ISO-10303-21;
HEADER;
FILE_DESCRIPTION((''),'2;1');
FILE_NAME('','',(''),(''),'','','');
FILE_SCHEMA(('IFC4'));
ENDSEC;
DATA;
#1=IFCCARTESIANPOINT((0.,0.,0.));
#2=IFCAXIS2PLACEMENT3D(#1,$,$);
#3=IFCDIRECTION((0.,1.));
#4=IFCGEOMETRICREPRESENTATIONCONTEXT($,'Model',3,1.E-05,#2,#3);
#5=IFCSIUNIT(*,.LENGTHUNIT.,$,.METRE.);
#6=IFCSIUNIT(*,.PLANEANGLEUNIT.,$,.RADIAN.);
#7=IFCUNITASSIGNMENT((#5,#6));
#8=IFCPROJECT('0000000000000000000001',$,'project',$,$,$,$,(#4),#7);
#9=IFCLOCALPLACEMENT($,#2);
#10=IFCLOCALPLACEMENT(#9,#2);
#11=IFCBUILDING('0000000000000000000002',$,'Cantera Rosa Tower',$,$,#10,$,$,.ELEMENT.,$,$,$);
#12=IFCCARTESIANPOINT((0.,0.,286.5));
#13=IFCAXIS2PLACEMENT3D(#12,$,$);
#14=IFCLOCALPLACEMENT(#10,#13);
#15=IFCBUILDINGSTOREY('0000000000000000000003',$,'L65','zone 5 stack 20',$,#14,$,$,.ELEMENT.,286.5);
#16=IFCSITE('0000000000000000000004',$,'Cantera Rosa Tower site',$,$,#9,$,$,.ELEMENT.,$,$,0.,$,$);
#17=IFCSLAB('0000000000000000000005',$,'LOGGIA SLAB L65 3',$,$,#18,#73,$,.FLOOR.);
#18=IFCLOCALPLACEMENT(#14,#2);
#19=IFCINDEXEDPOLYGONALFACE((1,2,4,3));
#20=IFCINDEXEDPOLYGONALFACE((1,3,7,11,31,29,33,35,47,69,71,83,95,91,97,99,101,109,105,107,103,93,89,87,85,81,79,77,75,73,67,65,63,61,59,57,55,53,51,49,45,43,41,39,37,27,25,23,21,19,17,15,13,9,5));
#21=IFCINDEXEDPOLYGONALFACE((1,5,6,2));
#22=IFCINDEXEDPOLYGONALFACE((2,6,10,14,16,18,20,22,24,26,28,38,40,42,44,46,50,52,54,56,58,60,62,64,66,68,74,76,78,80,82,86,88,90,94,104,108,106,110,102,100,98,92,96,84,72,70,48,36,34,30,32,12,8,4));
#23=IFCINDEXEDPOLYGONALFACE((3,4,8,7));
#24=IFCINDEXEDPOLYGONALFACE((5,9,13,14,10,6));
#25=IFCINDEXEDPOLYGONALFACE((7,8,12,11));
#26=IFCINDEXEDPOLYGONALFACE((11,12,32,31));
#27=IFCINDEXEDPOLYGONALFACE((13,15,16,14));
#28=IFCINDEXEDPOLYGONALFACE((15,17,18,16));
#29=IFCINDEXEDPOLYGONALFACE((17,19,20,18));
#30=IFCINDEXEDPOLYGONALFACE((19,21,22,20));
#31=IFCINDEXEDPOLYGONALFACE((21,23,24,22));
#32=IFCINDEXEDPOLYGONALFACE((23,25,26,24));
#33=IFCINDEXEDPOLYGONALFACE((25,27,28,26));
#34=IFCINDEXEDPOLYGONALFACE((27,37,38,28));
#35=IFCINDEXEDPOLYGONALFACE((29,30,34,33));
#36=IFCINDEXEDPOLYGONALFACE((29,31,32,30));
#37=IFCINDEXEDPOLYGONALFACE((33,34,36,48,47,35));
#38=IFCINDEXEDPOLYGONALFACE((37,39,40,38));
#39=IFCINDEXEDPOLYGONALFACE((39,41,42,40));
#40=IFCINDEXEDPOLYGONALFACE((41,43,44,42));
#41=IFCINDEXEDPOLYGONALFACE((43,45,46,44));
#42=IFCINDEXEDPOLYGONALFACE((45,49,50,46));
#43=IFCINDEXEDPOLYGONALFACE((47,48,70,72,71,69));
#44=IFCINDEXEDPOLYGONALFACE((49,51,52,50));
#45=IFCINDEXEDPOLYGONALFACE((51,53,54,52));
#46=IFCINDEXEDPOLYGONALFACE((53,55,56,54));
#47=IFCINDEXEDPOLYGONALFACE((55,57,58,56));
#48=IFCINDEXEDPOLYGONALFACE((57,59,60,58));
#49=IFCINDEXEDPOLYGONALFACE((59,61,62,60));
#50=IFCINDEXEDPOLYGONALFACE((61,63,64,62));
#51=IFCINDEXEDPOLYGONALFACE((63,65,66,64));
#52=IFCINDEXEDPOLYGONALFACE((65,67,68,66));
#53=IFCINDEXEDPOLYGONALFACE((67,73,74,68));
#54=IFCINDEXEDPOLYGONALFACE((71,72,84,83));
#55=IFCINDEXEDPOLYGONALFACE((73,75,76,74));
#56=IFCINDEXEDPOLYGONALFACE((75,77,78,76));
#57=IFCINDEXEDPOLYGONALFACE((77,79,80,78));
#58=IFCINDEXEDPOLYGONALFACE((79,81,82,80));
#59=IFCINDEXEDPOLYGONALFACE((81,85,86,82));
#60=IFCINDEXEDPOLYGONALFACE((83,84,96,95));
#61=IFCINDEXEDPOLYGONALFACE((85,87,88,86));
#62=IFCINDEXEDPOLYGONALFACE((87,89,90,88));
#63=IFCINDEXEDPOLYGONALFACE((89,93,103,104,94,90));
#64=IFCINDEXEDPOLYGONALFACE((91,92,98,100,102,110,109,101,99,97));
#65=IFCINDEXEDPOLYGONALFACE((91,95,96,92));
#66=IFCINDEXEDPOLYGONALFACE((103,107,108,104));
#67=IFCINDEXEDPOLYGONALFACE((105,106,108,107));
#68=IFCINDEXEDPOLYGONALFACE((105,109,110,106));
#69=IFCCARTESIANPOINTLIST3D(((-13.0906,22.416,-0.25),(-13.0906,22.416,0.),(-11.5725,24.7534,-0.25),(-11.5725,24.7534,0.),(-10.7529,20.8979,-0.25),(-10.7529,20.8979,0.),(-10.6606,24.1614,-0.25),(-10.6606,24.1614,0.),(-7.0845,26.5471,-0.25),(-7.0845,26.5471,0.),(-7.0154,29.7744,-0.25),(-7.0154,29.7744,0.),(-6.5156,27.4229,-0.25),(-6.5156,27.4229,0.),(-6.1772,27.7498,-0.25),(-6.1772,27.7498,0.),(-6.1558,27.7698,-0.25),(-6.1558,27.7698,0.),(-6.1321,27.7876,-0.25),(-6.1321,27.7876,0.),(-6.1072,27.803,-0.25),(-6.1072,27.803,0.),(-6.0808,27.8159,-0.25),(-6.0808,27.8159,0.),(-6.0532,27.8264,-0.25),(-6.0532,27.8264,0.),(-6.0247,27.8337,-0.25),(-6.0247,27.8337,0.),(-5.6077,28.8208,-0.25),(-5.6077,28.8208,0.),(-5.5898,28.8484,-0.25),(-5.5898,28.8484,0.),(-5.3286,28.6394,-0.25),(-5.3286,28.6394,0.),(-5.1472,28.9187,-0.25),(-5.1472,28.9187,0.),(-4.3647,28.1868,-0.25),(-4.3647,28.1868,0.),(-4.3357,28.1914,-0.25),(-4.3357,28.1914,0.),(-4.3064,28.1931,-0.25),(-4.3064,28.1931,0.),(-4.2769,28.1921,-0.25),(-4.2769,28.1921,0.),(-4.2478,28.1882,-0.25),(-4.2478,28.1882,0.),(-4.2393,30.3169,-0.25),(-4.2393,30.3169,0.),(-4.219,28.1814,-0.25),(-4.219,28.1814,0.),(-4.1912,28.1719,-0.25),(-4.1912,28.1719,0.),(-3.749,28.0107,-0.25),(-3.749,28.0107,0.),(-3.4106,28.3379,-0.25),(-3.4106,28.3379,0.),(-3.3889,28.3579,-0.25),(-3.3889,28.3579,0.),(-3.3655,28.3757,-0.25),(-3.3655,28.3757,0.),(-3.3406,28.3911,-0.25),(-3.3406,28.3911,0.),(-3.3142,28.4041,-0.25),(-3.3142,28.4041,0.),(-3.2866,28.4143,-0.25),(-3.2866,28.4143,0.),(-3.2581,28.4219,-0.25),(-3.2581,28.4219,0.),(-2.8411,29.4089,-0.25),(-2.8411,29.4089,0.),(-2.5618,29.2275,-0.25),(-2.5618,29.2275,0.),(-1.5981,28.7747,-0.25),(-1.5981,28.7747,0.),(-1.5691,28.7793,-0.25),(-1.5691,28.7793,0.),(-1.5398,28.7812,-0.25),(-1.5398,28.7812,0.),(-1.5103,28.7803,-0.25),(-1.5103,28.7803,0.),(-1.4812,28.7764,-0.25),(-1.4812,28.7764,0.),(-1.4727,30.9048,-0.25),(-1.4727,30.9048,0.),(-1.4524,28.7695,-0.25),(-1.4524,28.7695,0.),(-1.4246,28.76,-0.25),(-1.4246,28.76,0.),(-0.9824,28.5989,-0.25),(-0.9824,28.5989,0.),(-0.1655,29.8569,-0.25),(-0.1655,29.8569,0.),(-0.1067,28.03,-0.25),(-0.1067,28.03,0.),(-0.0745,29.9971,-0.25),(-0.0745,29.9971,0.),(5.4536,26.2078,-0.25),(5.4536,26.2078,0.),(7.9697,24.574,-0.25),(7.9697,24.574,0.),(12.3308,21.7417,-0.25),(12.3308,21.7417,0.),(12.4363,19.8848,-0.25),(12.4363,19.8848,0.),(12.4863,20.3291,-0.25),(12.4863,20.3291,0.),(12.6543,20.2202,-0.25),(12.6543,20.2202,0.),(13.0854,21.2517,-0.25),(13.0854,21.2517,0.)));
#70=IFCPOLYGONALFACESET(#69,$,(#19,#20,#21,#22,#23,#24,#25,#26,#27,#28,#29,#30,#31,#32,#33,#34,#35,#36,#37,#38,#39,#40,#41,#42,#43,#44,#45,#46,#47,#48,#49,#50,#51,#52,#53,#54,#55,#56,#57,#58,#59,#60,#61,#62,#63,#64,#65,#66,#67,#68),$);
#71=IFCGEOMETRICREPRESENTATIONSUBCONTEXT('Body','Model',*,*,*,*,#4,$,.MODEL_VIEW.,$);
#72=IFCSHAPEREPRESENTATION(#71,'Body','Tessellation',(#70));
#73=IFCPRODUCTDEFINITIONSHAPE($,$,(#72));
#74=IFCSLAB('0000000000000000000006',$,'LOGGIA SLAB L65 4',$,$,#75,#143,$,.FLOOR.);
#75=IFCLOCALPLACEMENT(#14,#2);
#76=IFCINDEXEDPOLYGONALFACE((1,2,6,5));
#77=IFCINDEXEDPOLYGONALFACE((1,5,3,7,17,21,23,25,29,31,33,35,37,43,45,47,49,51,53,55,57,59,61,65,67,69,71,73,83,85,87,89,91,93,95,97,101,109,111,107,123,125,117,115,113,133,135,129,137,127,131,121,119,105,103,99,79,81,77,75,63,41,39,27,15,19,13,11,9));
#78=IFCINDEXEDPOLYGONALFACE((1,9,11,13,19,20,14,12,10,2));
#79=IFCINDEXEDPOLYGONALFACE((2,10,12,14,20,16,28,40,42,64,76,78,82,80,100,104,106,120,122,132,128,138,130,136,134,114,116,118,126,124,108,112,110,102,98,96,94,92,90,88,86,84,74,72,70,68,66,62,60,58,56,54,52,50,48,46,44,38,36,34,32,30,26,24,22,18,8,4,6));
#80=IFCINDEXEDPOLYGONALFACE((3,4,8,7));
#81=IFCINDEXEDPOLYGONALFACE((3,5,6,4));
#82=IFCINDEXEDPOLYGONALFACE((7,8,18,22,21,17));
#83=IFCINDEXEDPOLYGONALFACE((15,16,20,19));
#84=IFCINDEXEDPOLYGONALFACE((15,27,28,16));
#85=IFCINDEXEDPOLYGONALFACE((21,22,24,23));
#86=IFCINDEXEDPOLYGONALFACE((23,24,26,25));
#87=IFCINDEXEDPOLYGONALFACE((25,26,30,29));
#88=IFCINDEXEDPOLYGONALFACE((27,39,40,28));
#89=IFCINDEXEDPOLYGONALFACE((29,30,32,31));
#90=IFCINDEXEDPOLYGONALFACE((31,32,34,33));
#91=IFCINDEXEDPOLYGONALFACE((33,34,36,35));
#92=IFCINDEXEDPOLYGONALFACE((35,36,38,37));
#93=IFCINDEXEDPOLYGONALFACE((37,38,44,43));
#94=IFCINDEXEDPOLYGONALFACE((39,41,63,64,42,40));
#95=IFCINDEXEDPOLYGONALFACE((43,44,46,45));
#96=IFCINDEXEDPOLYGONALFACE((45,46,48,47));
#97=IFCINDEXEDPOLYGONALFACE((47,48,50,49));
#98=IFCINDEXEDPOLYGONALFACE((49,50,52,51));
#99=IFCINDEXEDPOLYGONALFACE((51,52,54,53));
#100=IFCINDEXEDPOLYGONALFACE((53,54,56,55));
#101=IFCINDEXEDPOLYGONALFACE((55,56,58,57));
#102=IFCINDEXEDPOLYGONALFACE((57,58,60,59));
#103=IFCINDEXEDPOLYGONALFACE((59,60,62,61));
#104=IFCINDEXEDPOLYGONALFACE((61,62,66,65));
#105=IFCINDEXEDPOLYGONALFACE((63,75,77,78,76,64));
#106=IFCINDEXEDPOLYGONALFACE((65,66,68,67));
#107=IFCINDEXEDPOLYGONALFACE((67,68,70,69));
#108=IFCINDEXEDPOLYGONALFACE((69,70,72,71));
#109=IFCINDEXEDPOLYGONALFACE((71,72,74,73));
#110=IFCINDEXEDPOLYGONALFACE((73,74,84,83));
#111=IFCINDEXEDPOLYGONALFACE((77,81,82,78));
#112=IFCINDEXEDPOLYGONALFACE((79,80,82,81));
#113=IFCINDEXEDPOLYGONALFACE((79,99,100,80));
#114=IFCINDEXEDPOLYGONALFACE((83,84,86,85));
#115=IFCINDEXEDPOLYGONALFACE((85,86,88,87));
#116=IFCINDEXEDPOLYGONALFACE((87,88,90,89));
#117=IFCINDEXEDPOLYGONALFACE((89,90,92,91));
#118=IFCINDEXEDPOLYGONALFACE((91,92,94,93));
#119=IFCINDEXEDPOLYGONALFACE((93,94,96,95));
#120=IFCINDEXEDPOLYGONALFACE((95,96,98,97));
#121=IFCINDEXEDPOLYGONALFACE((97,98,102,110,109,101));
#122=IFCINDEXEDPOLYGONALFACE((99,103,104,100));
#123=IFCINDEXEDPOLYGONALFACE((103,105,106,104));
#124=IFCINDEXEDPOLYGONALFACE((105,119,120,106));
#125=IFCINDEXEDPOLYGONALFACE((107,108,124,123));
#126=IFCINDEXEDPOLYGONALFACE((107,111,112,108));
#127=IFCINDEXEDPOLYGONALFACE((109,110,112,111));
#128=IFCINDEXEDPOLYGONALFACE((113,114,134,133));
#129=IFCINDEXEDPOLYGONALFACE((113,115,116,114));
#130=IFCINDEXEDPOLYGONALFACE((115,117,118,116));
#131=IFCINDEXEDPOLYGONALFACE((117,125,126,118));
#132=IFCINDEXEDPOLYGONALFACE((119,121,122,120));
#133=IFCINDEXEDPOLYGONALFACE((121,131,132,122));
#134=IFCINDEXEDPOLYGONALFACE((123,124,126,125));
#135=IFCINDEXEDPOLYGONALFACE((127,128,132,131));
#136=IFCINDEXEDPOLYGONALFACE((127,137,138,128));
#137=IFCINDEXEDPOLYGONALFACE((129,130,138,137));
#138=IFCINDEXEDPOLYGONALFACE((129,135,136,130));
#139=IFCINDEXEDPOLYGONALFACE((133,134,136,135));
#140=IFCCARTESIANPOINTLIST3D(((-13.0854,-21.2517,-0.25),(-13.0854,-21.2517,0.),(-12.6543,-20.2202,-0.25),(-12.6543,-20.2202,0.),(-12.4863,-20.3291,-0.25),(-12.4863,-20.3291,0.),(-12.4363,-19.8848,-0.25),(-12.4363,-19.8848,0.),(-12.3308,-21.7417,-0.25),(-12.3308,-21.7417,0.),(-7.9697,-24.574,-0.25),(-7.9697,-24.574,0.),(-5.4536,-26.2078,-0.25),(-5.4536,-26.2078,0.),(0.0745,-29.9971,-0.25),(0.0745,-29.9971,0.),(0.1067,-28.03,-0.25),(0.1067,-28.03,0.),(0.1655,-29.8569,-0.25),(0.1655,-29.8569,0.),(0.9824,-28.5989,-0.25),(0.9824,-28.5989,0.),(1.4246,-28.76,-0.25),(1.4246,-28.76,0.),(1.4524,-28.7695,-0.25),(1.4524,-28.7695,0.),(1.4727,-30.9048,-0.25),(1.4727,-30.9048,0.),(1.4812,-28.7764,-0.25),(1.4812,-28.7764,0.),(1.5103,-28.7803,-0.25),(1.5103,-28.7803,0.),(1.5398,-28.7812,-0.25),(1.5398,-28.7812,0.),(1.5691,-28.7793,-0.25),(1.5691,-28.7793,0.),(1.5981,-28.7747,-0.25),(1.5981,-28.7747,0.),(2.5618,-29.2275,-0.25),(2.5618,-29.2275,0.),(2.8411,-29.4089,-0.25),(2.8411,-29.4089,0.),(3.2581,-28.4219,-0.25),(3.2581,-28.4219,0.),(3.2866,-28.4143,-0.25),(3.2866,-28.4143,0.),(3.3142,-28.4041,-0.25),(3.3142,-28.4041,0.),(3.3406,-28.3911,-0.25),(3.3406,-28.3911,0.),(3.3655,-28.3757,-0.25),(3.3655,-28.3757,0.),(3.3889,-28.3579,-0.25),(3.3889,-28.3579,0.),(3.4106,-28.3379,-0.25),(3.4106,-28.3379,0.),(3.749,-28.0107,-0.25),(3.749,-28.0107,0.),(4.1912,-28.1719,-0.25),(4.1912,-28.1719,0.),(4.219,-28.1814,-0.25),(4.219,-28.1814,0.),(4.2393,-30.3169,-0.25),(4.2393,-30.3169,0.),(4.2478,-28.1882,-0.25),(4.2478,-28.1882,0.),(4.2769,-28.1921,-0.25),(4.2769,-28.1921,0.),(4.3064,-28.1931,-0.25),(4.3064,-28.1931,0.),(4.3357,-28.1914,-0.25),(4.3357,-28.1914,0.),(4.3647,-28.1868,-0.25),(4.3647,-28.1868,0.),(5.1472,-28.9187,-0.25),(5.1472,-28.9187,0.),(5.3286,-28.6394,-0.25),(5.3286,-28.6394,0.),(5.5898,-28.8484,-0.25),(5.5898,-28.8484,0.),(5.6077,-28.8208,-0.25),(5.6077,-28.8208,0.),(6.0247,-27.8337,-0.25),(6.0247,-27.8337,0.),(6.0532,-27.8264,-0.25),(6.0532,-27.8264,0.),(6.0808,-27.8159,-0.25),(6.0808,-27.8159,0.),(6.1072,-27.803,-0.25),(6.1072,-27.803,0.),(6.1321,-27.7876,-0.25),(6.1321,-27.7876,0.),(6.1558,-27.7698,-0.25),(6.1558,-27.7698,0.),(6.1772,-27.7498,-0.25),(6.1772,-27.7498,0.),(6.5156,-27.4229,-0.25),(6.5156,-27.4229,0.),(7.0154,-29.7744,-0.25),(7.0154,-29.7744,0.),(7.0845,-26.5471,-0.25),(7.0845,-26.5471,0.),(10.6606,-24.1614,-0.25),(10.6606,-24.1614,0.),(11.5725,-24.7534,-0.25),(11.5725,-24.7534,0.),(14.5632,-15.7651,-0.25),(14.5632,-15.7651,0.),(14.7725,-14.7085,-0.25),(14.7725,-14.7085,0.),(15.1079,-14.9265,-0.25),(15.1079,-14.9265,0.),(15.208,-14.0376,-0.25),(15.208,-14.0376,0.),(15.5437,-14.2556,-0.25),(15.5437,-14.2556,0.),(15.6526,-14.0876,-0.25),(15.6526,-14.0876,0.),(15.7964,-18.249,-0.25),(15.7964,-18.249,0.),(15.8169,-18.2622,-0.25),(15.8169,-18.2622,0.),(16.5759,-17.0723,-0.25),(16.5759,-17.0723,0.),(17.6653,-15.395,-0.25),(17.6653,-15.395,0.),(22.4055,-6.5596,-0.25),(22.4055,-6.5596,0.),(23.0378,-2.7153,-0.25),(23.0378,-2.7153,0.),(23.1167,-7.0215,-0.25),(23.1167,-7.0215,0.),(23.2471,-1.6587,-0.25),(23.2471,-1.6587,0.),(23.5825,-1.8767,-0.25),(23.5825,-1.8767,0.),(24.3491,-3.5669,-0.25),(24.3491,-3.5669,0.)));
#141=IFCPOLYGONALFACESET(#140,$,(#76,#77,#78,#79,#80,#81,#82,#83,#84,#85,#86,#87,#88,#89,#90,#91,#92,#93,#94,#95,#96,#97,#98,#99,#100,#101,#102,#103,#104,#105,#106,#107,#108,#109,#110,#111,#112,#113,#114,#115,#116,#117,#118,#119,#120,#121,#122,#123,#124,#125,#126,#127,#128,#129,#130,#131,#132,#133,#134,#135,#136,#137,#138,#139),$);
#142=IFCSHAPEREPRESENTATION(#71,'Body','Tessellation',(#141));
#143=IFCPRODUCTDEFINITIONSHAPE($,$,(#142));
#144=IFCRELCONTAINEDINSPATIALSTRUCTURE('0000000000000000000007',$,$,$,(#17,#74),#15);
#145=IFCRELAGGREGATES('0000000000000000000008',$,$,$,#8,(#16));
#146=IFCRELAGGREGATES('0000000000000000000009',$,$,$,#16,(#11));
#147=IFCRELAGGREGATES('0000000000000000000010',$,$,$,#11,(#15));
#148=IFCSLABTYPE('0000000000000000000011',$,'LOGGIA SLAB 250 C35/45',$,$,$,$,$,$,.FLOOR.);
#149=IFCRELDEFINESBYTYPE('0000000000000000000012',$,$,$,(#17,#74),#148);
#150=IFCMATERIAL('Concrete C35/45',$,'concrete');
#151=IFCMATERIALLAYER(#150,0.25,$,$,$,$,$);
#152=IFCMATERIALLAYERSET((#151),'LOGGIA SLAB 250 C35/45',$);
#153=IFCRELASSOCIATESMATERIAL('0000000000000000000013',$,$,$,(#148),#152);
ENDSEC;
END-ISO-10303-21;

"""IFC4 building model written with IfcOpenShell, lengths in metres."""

from ifc_helpers import new_model, si_unit, direction, frame, origin, place, context, subcontext, project, spatial, polyline, outline, extrude, material, layer, layer_set, type_object, element, save


model = new_model("IFC4")

# Units and contexts
model_context = context("Model", 3, precision=1e-05, world=origin(), true_north=direction((0.0, 1.0)))
body_context = subcontext(model_context, "Body", "Model", "MODEL_VIEW")
ifc_project = project(units=[si_unit("LENGTHUNIT", "METRE"), si_unit("PLANEANGLEUNIT", "RADIAN")], contexts=[model_context])

# Site, building, storey
site_placement = place(None, origin())
site = spatial("IfcSite", under=ifc_project, at=site_placement, Name="Cantera Rosa Tower site", CompositionType="ELEMENT", RefElevation=0.0)
building_placement = place(site_placement, origin())
building = spatial("IfcBuilding", under=site, at=building_placement, Name="Cantera Rosa Tower", CompositionType="ELEMENT")
storey_placement = place(building_placement, frame((0.0, 0.0, 286.5)))
storey = spatial("IfcBuildingStorey", under=building, at=storey_placement, Name="L65", Description="zone 5 stack 20", CompositionType="ELEMENT", Elevation=286.5)

# Slabs
ifc_material_1 = material(Name="Concrete C35/45", Category="concrete")
ifc_layer_1 = layer(ifc_material_1, 0.25)
ifc_layer_set_1 = layer_set([ifc_layer_1], Name="LOGGIA SLAB 250 C35/45")
slab_type_1 = type_object("IfcSlabType", Name="LOGGIA SLAB 250 C35/45", PredefinedType="FLOOR", material=ifc_layer_set_1)
slab_1_placement = place(storey_placement, frame((0.0, 0.0, -0.25)))
element("IfcSlab", 1, at=slab_1_placement, inside=storey, type_object=slab_type_1, Name="LOGGIA SLAB L65 3", PredefinedType="FLOOR", context=body_context, shape_type="SweptSolid", body=[
    extrude(outline(polyline([(-10.6606, 24.1614), (-7.0154, 29.7744), (-5.5898, 28.8484), (-5.6077, 28.8208), (-5.3286, 28.6394), (-5.1472, 28.9187), (-4.2393, 30.3169), (-2.8411, 29.4089), (-2.5618, 29.2275), (-1.4727, 30.9048), (-0.0745, 29.9971), (-0.1655, 29.8569), (5.4536, 26.2078), (7.9697, 24.574), (12.3308, 21.7417), (13.0854, 21.2517), (12.4863, 20.3291), (12.6543, 20.2202), (12.4363, 19.8848), (-0.1067, 28.03), (-0.9824, 28.5989), (-1.4246, 28.76), (-1.4524, 28.7695), (-1.4812, 28.7764), (-1.5103, 28.7803), (-1.5398, 28.7812), (-1.5691, 28.7793), (-1.5981, 28.7747), (-3.2581, 28.4219), (-3.2866, 28.4143), (-3.3142, 28.4041), (-3.3406, 28.3911), (-3.3655, 28.3757), (-3.3889, 28.3579), (-3.4106, 28.3379), (-3.749, 28.0107), (-4.1912, 28.1719), (-4.219, 28.1814), (-4.2478, 28.1882), (-4.2769, 28.1921), (-4.3064, 28.1931), (-4.3357, 28.1914), (-4.3647, 28.1868), (-6.0247, 27.8337), (-6.0532, 27.8264), (-6.0808, 27.8159), (-6.1072, 27.803), (-6.1321, 27.7876), (-6.1558, 27.7698), (-6.1772, 27.7498), (-6.5156, 27.4229), (-7.0845, 26.5471), (-10.7529, 20.8979), (-13.0906, 22.416), (-11.5725, 24.7534), (-10.6606, 24.1614)])), origin(), (0.0, 0.0, 1.0), 0.25),
])
slab_2_placement = place(storey_placement, frame((0.0, 0.0, -0.25)))
element("IfcSlab", 2, at=slab_2_placement, inside=storey, type_object=slab_type_1, Name="LOGGIA SLAB L65 4", PredefinedType="FLOOR", context=body_context, shape_type="SweptSolid", body=[
    extrude(outline(polyline([(5.5898, -28.8484), (5.6077, -28.8208), (5.3286, -28.6394), (5.1472, -28.9187), (4.2393, -30.3169), (2.8411, -29.4089), (2.5618, -29.2275), (1.4727, -30.9048), (0.0745, -29.9971), (0.1655, -29.8569), (-5.4536, -26.2078), (-7.9697, -24.574), (-12.3308, -21.7417), (-13.0854, -21.2517), (-12.4863, -20.3291), (-12.6543, -20.2202), (-12.4363, -19.8848), (0.1067, -28.03), (0.9824, -28.5989), (1.4246, -28.76), (1.4524, -28.7695), (1.4812, -28.7764), (1.5103, -28.7803), (1.5398, -28.7812), (1.5691, -28.7793), (1.5981, -28.7747), (3.2581, -28.4219), (3.2866, -28.4143), (3.3142, -28.4041), (3.3406, -28.3911), (3.3655, -28.3757), (3.3889, -28.3579), (3.4106, -28.3379), (3.749, -28.0107), (4.1912, -28.1719), (4.219, -28.1814), (4.2478, -28.1882), (4.2769, -28.1921), (4.3064, -28.1931), (4.3357, -28.1914), (4.3647, -28.1868), (6.0247, -27.8337), (6.0532, -27.8264), (6.0808, -27.8159), (6.1072, -27.803), (6.1321, -27.7876), (6.1558, -27.7698), (6.1772, -27.7498), (6.5156, -27.4229), (7.0845, -26.5471), (14.7725, -14.7085), (15.1079, -14.9265), (14.5632, -15.7651), (16.5759, -17.0723), (17.6653, -15.395), (15.6526, -14.0876), (15.5437, -14.2556), (15.208, -14.0376), (23.2471, -1.6587), (23.5825, -1.8767), (23.0378, -2.7153), (24.3491, -3.5669), (22.4055, -6.5596), (23.1167, -7.0215), (15.8169, -18.2622), (15.7964, -18.249), (11.5725, -24.7534), (10.6606, -24.1614), (7.0154, -29.7744), (5.5898, -28.8484)])), origin(), (0.0, 0.0, 1.0), 0.25),
])

save(model, "model.ifc")
